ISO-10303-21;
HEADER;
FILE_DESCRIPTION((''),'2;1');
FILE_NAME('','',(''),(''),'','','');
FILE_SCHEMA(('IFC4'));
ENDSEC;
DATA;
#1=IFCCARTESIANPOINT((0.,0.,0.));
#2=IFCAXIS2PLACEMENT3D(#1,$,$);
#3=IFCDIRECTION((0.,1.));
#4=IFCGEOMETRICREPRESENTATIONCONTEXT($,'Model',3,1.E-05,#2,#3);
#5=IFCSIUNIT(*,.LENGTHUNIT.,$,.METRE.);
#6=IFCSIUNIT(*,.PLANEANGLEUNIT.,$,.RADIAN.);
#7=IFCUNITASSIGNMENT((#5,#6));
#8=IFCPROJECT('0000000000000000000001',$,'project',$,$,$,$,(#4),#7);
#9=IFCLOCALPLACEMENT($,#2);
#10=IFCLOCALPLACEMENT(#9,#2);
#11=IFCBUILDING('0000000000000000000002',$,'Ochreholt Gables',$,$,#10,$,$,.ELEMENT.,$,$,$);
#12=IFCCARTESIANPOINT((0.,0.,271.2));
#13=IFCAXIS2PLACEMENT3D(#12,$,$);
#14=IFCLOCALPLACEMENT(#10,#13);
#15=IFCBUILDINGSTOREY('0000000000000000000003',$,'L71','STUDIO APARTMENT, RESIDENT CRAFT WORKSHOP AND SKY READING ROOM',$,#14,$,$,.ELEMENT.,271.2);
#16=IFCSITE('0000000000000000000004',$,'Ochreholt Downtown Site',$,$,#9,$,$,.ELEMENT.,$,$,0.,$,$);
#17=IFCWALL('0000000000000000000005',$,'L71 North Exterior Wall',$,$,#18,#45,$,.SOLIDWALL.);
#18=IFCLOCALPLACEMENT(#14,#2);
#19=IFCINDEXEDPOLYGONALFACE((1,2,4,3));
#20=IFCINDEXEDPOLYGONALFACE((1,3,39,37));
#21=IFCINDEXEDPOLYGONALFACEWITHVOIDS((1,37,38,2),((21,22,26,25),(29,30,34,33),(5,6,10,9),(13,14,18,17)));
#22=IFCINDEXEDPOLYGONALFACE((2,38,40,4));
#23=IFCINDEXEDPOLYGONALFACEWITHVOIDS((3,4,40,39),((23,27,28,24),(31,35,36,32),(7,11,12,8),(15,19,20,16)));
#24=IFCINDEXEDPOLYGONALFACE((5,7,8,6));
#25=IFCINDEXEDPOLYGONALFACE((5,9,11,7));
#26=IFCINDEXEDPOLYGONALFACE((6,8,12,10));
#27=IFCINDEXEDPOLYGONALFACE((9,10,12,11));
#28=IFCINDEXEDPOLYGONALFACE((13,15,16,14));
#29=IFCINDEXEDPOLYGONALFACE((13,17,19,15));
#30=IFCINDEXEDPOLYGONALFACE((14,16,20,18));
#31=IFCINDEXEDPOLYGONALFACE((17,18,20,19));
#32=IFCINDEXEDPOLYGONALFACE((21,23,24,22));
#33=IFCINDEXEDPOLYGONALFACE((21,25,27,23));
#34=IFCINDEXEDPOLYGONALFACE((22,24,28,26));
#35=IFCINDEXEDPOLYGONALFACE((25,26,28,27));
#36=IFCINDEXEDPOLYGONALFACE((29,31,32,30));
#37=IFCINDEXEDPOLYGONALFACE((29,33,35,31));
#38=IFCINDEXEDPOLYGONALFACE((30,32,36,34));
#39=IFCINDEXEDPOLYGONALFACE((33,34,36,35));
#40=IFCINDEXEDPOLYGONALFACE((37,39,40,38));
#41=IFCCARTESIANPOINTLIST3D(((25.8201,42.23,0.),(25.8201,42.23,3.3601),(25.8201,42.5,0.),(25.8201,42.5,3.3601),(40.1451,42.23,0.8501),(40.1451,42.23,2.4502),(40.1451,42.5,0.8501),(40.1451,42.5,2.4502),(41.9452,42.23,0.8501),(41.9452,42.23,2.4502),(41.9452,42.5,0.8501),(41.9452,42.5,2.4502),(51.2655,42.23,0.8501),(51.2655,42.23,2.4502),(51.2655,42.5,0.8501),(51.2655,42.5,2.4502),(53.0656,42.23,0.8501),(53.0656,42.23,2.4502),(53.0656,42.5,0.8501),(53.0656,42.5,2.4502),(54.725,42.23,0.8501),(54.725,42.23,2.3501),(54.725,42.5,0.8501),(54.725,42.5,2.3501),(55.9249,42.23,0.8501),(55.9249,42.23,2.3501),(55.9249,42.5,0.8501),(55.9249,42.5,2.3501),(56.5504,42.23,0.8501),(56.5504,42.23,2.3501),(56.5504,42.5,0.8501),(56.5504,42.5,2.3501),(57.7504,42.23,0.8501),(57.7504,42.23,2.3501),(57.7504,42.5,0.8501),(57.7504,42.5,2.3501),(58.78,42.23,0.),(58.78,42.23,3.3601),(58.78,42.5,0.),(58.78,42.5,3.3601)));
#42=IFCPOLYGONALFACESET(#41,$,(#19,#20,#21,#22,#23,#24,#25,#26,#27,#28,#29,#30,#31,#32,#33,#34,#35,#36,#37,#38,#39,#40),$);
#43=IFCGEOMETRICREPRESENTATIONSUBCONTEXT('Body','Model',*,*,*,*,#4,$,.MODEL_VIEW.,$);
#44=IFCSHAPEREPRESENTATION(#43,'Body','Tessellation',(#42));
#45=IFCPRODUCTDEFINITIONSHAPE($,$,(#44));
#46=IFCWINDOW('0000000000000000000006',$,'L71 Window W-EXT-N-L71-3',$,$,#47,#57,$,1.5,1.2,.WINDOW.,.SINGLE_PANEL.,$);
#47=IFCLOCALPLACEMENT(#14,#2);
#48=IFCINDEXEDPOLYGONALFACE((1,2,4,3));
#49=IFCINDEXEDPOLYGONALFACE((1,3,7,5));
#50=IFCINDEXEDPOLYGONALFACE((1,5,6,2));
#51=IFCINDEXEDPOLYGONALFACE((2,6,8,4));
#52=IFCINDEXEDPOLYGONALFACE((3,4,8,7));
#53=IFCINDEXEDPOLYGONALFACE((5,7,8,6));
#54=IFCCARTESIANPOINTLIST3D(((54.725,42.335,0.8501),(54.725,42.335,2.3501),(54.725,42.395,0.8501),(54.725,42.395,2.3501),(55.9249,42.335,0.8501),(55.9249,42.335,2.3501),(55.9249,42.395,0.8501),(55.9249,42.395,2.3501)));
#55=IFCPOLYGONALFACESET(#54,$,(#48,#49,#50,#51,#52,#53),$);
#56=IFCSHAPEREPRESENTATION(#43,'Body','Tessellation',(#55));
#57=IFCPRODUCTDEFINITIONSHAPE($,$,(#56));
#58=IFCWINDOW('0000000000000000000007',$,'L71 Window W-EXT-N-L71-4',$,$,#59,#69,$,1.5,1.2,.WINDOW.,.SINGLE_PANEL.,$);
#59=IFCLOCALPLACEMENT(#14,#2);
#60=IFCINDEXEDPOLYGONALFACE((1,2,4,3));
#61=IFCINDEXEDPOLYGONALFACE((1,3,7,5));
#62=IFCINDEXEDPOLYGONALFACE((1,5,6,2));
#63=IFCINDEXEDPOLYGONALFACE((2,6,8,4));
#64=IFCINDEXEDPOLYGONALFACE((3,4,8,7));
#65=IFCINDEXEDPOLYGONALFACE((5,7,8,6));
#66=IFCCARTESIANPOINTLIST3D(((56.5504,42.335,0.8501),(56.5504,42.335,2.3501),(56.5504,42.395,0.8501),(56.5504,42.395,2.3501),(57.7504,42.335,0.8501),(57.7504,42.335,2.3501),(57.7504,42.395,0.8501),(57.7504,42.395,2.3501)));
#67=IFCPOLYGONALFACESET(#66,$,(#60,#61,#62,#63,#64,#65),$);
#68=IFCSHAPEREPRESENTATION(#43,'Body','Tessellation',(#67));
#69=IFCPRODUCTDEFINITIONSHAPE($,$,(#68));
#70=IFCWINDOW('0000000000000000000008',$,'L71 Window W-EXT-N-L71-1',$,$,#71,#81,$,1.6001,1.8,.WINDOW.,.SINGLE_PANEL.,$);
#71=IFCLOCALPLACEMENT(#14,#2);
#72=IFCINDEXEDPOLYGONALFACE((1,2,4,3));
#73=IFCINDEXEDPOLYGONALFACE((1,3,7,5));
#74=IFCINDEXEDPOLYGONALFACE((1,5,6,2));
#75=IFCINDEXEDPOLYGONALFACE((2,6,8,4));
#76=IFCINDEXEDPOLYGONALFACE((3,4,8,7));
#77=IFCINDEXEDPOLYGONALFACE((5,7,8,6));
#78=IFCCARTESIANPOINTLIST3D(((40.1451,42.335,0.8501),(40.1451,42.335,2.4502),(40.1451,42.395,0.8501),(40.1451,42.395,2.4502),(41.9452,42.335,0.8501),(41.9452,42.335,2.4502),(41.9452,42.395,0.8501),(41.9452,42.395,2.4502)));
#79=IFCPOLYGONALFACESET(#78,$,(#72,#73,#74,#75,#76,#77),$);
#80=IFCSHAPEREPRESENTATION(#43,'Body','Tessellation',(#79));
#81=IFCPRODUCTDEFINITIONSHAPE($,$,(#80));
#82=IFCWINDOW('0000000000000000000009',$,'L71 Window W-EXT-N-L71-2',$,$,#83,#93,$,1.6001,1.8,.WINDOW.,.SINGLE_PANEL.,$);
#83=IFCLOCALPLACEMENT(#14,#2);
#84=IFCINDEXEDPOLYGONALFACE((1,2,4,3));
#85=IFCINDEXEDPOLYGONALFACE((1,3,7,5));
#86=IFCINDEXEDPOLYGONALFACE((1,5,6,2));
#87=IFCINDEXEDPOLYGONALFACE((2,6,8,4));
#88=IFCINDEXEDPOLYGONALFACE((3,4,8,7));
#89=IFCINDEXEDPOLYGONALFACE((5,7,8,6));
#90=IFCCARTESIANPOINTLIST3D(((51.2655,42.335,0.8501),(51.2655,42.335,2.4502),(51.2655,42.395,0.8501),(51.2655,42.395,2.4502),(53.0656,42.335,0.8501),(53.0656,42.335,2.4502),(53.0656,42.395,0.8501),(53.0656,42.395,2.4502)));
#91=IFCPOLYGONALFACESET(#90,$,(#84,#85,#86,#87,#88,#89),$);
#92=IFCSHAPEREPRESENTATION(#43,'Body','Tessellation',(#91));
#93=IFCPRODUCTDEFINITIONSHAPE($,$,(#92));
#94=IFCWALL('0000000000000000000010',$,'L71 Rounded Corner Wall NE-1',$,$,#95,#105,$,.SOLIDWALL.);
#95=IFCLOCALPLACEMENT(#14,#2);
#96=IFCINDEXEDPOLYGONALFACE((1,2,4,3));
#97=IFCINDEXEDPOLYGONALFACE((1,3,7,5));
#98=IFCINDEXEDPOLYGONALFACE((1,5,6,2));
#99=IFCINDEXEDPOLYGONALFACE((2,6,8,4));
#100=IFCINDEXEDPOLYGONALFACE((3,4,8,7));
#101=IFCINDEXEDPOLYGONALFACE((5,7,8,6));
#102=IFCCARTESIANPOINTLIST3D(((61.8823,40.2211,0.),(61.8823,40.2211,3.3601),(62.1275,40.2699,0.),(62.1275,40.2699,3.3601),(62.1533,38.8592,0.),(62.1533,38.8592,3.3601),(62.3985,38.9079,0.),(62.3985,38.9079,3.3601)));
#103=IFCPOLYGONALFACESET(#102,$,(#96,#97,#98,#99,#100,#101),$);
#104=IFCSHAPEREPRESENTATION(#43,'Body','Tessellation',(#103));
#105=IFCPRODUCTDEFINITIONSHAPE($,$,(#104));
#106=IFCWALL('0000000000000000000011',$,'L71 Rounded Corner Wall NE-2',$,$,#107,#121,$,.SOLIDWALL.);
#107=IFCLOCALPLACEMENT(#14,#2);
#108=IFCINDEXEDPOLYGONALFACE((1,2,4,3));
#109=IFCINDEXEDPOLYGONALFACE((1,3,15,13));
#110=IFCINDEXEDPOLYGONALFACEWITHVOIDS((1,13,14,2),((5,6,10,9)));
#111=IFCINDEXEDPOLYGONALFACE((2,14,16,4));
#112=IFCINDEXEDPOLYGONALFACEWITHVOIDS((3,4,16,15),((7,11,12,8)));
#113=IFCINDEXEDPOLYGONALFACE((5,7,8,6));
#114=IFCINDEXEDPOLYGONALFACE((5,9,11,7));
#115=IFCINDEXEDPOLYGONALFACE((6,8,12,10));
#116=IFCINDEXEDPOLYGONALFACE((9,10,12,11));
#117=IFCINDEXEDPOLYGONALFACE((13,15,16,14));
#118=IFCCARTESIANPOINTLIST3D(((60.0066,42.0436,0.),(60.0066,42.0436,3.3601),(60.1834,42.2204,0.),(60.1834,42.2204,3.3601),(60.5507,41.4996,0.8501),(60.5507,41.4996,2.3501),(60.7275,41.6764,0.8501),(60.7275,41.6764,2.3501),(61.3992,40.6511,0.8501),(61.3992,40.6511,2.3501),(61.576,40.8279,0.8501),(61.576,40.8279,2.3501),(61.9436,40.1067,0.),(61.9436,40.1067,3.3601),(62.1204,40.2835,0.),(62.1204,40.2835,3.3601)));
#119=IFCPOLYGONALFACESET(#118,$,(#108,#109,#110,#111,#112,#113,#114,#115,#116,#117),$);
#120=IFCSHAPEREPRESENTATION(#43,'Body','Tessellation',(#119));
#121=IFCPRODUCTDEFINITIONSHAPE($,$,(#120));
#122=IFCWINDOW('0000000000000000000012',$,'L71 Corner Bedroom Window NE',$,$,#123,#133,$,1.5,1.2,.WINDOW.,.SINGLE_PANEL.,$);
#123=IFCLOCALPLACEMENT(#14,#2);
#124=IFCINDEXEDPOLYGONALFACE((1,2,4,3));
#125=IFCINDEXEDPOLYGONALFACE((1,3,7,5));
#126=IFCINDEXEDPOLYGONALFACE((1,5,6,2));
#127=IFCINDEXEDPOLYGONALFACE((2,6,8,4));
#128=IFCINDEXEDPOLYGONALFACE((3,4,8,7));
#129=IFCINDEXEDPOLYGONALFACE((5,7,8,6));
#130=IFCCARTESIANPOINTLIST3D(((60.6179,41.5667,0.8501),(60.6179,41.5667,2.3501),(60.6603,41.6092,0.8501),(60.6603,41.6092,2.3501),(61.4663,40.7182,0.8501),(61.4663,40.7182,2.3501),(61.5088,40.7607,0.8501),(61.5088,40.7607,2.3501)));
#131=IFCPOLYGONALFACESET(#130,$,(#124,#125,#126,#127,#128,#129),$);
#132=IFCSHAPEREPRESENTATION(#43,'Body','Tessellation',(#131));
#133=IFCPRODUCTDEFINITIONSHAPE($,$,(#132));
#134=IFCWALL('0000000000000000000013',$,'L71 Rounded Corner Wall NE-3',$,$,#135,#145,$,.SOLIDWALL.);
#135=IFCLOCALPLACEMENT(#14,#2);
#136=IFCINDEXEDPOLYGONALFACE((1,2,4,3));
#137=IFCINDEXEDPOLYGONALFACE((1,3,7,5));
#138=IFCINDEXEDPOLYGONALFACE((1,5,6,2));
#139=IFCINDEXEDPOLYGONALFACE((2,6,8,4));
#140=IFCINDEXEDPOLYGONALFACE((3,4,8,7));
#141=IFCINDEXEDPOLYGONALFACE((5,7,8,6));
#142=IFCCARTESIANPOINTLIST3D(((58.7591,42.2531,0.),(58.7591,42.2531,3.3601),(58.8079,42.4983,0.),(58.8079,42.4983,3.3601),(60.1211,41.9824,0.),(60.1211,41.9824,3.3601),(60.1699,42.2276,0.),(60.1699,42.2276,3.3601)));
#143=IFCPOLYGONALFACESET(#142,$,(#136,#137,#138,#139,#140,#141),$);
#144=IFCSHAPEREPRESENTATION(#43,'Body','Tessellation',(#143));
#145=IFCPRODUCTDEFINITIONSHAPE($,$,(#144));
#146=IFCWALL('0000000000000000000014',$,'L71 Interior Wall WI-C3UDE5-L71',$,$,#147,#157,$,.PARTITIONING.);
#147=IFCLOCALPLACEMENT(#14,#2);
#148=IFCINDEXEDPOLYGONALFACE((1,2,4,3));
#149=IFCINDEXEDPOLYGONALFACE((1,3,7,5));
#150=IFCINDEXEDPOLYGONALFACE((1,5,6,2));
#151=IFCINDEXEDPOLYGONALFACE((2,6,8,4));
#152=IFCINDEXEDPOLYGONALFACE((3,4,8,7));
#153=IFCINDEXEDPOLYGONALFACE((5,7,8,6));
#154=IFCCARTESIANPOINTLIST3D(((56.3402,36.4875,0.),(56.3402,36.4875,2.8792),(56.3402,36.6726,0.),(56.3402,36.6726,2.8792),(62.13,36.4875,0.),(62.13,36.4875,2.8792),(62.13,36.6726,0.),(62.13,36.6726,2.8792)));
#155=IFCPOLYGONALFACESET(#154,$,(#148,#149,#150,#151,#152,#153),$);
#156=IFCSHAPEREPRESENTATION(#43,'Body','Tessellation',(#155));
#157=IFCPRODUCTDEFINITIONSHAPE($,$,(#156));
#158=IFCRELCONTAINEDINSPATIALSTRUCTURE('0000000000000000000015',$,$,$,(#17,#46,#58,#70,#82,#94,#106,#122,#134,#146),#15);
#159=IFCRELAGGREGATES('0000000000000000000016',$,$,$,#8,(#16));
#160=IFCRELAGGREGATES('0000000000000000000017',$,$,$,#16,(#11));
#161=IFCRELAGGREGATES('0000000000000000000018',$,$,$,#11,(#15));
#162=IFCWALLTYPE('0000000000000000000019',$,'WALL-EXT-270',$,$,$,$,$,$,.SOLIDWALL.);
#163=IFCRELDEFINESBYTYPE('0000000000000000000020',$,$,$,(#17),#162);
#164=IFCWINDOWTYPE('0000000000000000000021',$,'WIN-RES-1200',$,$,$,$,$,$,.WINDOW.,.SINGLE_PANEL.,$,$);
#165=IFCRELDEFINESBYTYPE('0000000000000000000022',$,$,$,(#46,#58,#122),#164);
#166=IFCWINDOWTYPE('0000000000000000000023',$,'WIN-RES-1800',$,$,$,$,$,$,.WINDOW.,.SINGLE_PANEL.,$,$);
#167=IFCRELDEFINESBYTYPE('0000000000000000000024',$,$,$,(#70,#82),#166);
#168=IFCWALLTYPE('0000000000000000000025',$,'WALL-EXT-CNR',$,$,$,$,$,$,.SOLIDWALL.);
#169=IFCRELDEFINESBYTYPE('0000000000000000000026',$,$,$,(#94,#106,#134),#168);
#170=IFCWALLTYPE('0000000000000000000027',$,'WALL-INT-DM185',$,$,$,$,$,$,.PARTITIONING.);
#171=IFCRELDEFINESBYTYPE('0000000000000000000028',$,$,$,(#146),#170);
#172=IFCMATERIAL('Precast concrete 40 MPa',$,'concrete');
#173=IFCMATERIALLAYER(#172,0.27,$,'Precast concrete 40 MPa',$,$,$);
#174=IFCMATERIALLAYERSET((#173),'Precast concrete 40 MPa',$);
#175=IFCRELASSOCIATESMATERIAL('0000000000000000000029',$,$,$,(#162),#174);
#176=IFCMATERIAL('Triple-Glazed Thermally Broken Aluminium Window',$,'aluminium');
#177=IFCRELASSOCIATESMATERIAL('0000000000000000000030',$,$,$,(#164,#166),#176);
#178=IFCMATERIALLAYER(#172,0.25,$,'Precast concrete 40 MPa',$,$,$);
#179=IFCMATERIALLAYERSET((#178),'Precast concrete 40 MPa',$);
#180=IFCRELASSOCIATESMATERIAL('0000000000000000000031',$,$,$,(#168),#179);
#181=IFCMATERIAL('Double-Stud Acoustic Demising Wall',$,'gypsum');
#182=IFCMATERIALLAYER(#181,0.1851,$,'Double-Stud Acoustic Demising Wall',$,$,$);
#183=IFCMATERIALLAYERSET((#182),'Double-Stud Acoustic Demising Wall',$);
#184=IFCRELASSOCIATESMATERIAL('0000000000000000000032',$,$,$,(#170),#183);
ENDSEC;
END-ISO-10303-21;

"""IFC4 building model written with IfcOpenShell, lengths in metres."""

from ifc_helpers import new_model, si_unit, direction, frame, frame_2d, origin, place, context, subcontext, project, spatial, rectangle, extrude, material, layer, layer_set, type_object, element, fill, save


model = new_model("IFC4")

# Units and contexts
model_context = context("Model", 3, precision=1e-05, world=origin(), true_north=direction((0.0, 1.0)))
body_context = subcontext(model_context, "Body", "Model", "MODEL_VIEW")
ifc_project = project(units=[si_unit("LENGTHUNIT", "METRE"), si_unit("PLANEANGLEUNIT", "RADIAN")], contexts=[model_context])

# Site, building, storey
site_placement = place(None, origin())
site = spatial("IfcSite", under=ifc_project, at=site_placement, Name="Ochreholt Downtown Site", CompositionType="ELEMENT", RefElevation=0.0)
building_placement = place(site_placement, origin())
building = spatial("IfcBuilding", under=site, at=building_placement, Name="Ochreholt Gables", CompositionType="ELEMENT")
storey_placement = place(building_placement, frame((0.0, 0.0, 271.2)))
storey = spatial("IfcBuildingStorey", under=building, at=storey_placement, Name="L71", Description="STUDIO APARTMENT, RESIDENT CRAFT WORKSHOP AND SKY READING ROOM", CompositionType="ELEMENT", Elevation=271.2)

# Wall, openings, windows
ifc_material_1 = material(Name="Precast concrete 40 MPa", Category="concrete")
ifc_layer_1 = layer(ifc_material_1, 0.27, Name="Precast concrete 40 MPa")
ifc_layer_set_1 = layer_set([ifc_layer_1], Name="Precast concrete 40 MPa")
wall_type_1 = type_object("IfcWallType", Name="WALL-EXT-270", PredefinedType="SOLIDWALL", material=ifc_layer_set_1)
wall_1_placement = place(storey_placement, frame((58.78, 42.365, 0.0), z_axis=(0.0, 0.0, 1.0), x_axis=(-1.0, 0.0, 0.0)))
wall_1 = element("IfcWall", 1, at=wall_1_placement, inside=storey, type_object=wall_type_1, Name="L71 North Exterior Wall", PredefinedType="SOLIDWALL", context=body_context, shape_type="SweptSolid", body=[
    extrude(rectangle(XDim=32.96, YDim=0.27, at=frame_2d((16.48, 0.0))), origin(), (0.0, 0.0, 1.0), 3.3601),
])
opening_1_placement = place(wall_1_placement, frame((16.835, 0.0, 0.8501)))
opening_1 = element("IfcOpeningElement", 2, at=opening_1_placement, cuts=wall_1, PredefinedType="OPENING", context=body_context, shape_type="SweptSolid", body=[
    extrude(rectangle(XDim=1.8, YDim=1.6001, at=frame_2d((0.8999, 0.8))), frame((0.0, 0.145, 0.0), z_axis=(0.0, -1.0, 0.0), x_axis=(1.0, 0.0, 0.0)), (0.0, 0.0, 1.0), 0.29),
])
opening_2_placement = place(wall_1_placement, frame((5.7146, 0.0, 0.8501)))
opening_2 = element("IfcOpeningElement", 3, at=opening_2_placement, cuts=wall_1, PredefinedType="OPENING", context=body_context, shape_type="SweptSolid", body=[
    extrude(rectangle(XDim=1.8, YDim=1.6001, at=frame_2d((0.8999, 0.8))), frame((0.0, 0.145, 0.0), z_axis=(0.0, -1.0, 0.0), x_axis=(1.0, 0.0, 0.0)), (0.0, 0.0, 1.0), 0.29),
])
opening_3_placement = place(wall_1_placement, frame((2.855, 0.0, 0.8501)))
opening_3 = element("IfcOpeningElement", 4, at=opening_3_placement, cuts=wall_1, PredefinedType="OPENING", context=body_context, shape_type="SweptSolid", body=[
    extrude(rectangle(XDim=1.2, YDim=1.5, at=frame_2d((0.6001, 0.75))), frame((0.0, 0.145, 0.0), z_axis=(0.0, -1.0, 0.0), x_axis=(1.0, 0.0, 0.0)), (0.0, 0.0, 1.0), 0.29),
])
opening_4_placement = place(wall_1_placement, frame((1.0295, 0.0, 0.8501)))
opening_4 = element("IfcOpeningElement", 5, at=opening_4_placement, cuts=wall_1, PredefinedType="OPENING", context=body_context, shape_type="SweptSolid", body=[
    extrude(rectangle(XDim=1.2, YDim=1.5, at=frame_2d((0.6001, 0.75))), frame((0.0, 0.145, 0.0), z_axis=(0.0, -1.0, 0.0), x_axis=(1.0, 0.0, 0.0)), (0.0, 0.0, 1.0), 0.29),
])
ifc_material_2 = material(Name="Triple-Glazed Thermally Broken Aluminium Window", Category="aluminium")
window_type_1 = type_object("IfcWindowType", Name="WIN-RES-1200", PartitioningType="SINGLE_PANEL", PredefinedType="WINDOW", material=ifc_material_2)
window_1_placement = place(opening_3_placement, origin())
window_1 = element("IfcWindow", 6, at=window_1_placement, inside=storey, type_object=window_type_1, Name="L71 Window W-EXT-N-L71-3", OverallHeight=1.5, OverallWidth=1.2, PartitioningType="SINGLE_PANEL", PredefinedType="WINDOW", context=body_context, shape_type="SweptSolid", body=[
    extrude(rectangle(XDim=1.2, YDim=1.5, at=frame_2d((0.6001, 0.75))), frame((0.0, 0.03, 0.0), z_axis=(0.0, -1.0, 0.0), x_axis=(1.0, 0.0, 0.0)), (0.0, 0.0, 1.0), 0.0601),
])
fill(opening_3, window_1)
window_2_placement = place(opening_4_placement, origin())
window_2 = element("IfcWindow", 7, at=window_2_placement, inside=storey, type_object=window_type_1, Name="L71 Window W-EXT-N-L71-4", OverallHeight=1.5, OverallWidth=1.2, PartitioningType="SINGLE_PANEL", PredefinedType="WINDOW", context=body_context, shape_type="SweptSolid", body=[
    extrude(rectangle(XDim=1.2, YDim=1.5, at=frame_2d((0.6001, 0.75))), frame((0.0, 0.03, 0.0), z_axis=(0.0, -1.0, 0.0), x_axis=(1.0, 0.0, 0.0)), (0.0, 0.0, 1.0), 0.0601),
])
fill(opening_4, window_2)
window_type_2 = type_object("IfcWindowType", Name="WIN-RES-1800", PartitioningType="SINGLE_PANEL", PredefinedType="WINDOW", material=ifc_material_2)
window_3_placement = place(opening_1_placement, origin())
window_3 = element("IfcWindow", 8, at=window_3_placement, inside=storey, type_object=window_type_2, Name="L71 Window W-EXT-N-L71-1", OverallHeight=1.6001, OverallWidth=1.8, PartitioningType="SINGLE_PANEL", PredefinedType="WINDOW", context=body_context, shape_type="SweptSolid", body=[
    extrude(rectangle(XDim=1.8, YDim=1.6001, at=frame_2d((0.8999, 0.8))), frame((0.0, 0.03, 0.0), z_axis=(0.0, -1.0, 0.0), x_axis=(1.0, 0.0, 0.0)), (0.0, 0.0, 1.0), 0.0601),
])
fill(opening_1, window_3)
window_4_placement = place(opening_2_placement, origin())
window_4 = element("IfcWindow", 9, at=window_4_placement, inside=storey, type_object=window_type_2, Name="L71 Window W-EXT-N-L71-2", OverallHeight=1.6001, OverallWidth=1.8, PartitioningType="SINGLE_PANEL", PredefinedType="WINDOW", context=body_context, shape_type="SweptSolid", body=[
    extrude(rectangle(XDim=1.8, YDim=1.6001, at=frame_2d((0.8999, 0.8))), frame((0.0, 0.03, 0.0), z_axis=(0.0, -1.0, 0.0), x_axis=(1.0, 0.0, 0.0)), (0.0, 0.0, 1.0), 0.0601),
])
fill(opening_2, window_4)

# Wall
ifc_layer_2 = layer(ifc_material_1, 0.25, Name="Precast concrete 40 MPa")
ifc_layer_set_2 = layer_set([ifc_layer_2], Name="Precast concrete 40 MPa")
wall_type_2 = type_object("IfcWallType", Name="WALL-EXT-CNR", PredefinedType="SOLIDWALL", material=ifc_layer_set_2)
wall_2_placement = place(storey_placement, frame((62.2759, 38.8835, 0.0), z_axis=(0.0, 0.0, 1.0), x_axis=(-0.195136, 0.980776, 0.0)))
element("IfcWall", 10, at=wall_2_placement, inside=storey, type_object=wall_type_2, Name="L71 Rounded Corner Wall NE-1", PredefinedType="SOLIDWALL", context=body_context, shape_type="SweptSolid", body=[
    extrude(rectangle(XDim=1.3887, YDim=0.25, at=frame_2d((0.6943, 0.0))), origin(), (0.0, 0.0, 1.0), 3.3601),
])

# Wall, opening, window
wall_3_placement = place(storey_placement, frame((62.032, 40.1951, 0.0), z_axis=(0.0, 0.0, 1.0), x_axis=(-0.707107, 0.707107, 0.0)))
wall_3 = element("IfcWall", 11, at=wall_3_placement, inside=storey, type_object=wall_type_2, Name="L71 Rounded Corner Wall NE-2", PredefinedType="SOLIDWALL", context=body_context, shape_type="SweptSolid", body=[
    extrude(rectangle(XDim=2.7393, YDim=0.25, at=frame_2d((1.3696, 0.0))), origin(), (0.0, 0.0, 1.0), 3.3601),
])
opening_5_placement = place(wall_3_placement, frame((0.7698, 0.0, 0.8501)))
opening_5 = element("IfcOpeningElement", 12, at=opening_5_placement, cuts=wall_3, PredefinedType="OPENING", context=body_context, shape_type="SweptSolid", body=[
    extrude(rectangle(XDim=1.2, YDim=1.5, at=frame_2d((0.6001, 0.75))), frame((0.0, 0.135, 0.0), z_axis=(0.0, -1.0, 0.0), x_axis=(1.0, 0.0, 0.0)), (0.0, 0.0, 1.0), 0.27),
])
window_5_placement = place(opening_5_placement, origin())
window_5 = element("IfcWindow", 13, at=window_5_placement, inside=storey, type_object=window_type_1, Name="L71 Corner Bedroom Window NE", OverallHeight=1.5, OverallWidth=1.2, PartitioningType="SINGLE_PANEL", PredefinedType="WINDOW", context=body_context, shape_type="SweptSolid", body=[
    extrude(rectangle(XDim=1.2, YDim=1.5, at=frame_2d((0.6001, 0.75))), frame((0.0, 0.03, 0.0), z_axis=(0.0, -1.0, 0.0), x_axis=(1.0, 0.0, 0.0)), (0.0, 0.0, 1.0), 0.0601),
])
fill(opening_5, window_5)

# Walls
wall_4_placement = place(storey_placement, frame((60.1455, 42.105, 0.0), z_axis=(0.0, 0.0, 1.0), x_axis=(-0.98081, 0.194967, 0.0)))
element("IfcWall", 14, at=wall_4_placement, inside=storey, type_object=wall_type_2, Name="L71 Rounded Corner Wall NE-3", PredefinedType="SOLIDWALL", context=body_context, shape_type="SweptSolid", body=[
    extrude(rectangle(XDim=1.3887, YDim=0.25, at=frame_2d((0.6943, 0.0))), origin(), (0.0, 0.0, 1.0), 3.3601),
])
ifc_material_3 = material(Name="Double-Stud Acoustic Demising Wall", Category="gypsum")
ifc_layer_3 = layer(ifc_material_3, 0.1851, Name="Double-Stud Acoustic Demising Wall")
ifc_layer_set_3 = layer_set([ifc_layer_3], Name="Double-Stud Acoustic Demising Wall")
wall_type_3 = type_object("IfcWallType", Name="WALL-INT-DM185", PredefinedType="PARTITIONING", material=ifc_layer_set_3)
wall_5_placement = place(storey_placement, frame((56.3401, 36.5801, 0.0), z_axis=(0.0, 0.0, 1.0), x_axis=(1.0, 0.0, 0.0)))
element("IfcWall", 15, at=wall_5_placement, inside=storey, type_object=wall_type_3, Name="L71 Interior Wall WI-C3UDE5-L71", PredefinedType="PARTITIONING", context=body_context, shape_type="SweptSolid", body=[
    extrude(rectangle(XDim=5.7898, YDim=0.1851, at=frame_2d((2.895, 0.0))), origin(), (0.0, 0.0, 1.0), 2.8792),
])

save(model, "model.ifc")
